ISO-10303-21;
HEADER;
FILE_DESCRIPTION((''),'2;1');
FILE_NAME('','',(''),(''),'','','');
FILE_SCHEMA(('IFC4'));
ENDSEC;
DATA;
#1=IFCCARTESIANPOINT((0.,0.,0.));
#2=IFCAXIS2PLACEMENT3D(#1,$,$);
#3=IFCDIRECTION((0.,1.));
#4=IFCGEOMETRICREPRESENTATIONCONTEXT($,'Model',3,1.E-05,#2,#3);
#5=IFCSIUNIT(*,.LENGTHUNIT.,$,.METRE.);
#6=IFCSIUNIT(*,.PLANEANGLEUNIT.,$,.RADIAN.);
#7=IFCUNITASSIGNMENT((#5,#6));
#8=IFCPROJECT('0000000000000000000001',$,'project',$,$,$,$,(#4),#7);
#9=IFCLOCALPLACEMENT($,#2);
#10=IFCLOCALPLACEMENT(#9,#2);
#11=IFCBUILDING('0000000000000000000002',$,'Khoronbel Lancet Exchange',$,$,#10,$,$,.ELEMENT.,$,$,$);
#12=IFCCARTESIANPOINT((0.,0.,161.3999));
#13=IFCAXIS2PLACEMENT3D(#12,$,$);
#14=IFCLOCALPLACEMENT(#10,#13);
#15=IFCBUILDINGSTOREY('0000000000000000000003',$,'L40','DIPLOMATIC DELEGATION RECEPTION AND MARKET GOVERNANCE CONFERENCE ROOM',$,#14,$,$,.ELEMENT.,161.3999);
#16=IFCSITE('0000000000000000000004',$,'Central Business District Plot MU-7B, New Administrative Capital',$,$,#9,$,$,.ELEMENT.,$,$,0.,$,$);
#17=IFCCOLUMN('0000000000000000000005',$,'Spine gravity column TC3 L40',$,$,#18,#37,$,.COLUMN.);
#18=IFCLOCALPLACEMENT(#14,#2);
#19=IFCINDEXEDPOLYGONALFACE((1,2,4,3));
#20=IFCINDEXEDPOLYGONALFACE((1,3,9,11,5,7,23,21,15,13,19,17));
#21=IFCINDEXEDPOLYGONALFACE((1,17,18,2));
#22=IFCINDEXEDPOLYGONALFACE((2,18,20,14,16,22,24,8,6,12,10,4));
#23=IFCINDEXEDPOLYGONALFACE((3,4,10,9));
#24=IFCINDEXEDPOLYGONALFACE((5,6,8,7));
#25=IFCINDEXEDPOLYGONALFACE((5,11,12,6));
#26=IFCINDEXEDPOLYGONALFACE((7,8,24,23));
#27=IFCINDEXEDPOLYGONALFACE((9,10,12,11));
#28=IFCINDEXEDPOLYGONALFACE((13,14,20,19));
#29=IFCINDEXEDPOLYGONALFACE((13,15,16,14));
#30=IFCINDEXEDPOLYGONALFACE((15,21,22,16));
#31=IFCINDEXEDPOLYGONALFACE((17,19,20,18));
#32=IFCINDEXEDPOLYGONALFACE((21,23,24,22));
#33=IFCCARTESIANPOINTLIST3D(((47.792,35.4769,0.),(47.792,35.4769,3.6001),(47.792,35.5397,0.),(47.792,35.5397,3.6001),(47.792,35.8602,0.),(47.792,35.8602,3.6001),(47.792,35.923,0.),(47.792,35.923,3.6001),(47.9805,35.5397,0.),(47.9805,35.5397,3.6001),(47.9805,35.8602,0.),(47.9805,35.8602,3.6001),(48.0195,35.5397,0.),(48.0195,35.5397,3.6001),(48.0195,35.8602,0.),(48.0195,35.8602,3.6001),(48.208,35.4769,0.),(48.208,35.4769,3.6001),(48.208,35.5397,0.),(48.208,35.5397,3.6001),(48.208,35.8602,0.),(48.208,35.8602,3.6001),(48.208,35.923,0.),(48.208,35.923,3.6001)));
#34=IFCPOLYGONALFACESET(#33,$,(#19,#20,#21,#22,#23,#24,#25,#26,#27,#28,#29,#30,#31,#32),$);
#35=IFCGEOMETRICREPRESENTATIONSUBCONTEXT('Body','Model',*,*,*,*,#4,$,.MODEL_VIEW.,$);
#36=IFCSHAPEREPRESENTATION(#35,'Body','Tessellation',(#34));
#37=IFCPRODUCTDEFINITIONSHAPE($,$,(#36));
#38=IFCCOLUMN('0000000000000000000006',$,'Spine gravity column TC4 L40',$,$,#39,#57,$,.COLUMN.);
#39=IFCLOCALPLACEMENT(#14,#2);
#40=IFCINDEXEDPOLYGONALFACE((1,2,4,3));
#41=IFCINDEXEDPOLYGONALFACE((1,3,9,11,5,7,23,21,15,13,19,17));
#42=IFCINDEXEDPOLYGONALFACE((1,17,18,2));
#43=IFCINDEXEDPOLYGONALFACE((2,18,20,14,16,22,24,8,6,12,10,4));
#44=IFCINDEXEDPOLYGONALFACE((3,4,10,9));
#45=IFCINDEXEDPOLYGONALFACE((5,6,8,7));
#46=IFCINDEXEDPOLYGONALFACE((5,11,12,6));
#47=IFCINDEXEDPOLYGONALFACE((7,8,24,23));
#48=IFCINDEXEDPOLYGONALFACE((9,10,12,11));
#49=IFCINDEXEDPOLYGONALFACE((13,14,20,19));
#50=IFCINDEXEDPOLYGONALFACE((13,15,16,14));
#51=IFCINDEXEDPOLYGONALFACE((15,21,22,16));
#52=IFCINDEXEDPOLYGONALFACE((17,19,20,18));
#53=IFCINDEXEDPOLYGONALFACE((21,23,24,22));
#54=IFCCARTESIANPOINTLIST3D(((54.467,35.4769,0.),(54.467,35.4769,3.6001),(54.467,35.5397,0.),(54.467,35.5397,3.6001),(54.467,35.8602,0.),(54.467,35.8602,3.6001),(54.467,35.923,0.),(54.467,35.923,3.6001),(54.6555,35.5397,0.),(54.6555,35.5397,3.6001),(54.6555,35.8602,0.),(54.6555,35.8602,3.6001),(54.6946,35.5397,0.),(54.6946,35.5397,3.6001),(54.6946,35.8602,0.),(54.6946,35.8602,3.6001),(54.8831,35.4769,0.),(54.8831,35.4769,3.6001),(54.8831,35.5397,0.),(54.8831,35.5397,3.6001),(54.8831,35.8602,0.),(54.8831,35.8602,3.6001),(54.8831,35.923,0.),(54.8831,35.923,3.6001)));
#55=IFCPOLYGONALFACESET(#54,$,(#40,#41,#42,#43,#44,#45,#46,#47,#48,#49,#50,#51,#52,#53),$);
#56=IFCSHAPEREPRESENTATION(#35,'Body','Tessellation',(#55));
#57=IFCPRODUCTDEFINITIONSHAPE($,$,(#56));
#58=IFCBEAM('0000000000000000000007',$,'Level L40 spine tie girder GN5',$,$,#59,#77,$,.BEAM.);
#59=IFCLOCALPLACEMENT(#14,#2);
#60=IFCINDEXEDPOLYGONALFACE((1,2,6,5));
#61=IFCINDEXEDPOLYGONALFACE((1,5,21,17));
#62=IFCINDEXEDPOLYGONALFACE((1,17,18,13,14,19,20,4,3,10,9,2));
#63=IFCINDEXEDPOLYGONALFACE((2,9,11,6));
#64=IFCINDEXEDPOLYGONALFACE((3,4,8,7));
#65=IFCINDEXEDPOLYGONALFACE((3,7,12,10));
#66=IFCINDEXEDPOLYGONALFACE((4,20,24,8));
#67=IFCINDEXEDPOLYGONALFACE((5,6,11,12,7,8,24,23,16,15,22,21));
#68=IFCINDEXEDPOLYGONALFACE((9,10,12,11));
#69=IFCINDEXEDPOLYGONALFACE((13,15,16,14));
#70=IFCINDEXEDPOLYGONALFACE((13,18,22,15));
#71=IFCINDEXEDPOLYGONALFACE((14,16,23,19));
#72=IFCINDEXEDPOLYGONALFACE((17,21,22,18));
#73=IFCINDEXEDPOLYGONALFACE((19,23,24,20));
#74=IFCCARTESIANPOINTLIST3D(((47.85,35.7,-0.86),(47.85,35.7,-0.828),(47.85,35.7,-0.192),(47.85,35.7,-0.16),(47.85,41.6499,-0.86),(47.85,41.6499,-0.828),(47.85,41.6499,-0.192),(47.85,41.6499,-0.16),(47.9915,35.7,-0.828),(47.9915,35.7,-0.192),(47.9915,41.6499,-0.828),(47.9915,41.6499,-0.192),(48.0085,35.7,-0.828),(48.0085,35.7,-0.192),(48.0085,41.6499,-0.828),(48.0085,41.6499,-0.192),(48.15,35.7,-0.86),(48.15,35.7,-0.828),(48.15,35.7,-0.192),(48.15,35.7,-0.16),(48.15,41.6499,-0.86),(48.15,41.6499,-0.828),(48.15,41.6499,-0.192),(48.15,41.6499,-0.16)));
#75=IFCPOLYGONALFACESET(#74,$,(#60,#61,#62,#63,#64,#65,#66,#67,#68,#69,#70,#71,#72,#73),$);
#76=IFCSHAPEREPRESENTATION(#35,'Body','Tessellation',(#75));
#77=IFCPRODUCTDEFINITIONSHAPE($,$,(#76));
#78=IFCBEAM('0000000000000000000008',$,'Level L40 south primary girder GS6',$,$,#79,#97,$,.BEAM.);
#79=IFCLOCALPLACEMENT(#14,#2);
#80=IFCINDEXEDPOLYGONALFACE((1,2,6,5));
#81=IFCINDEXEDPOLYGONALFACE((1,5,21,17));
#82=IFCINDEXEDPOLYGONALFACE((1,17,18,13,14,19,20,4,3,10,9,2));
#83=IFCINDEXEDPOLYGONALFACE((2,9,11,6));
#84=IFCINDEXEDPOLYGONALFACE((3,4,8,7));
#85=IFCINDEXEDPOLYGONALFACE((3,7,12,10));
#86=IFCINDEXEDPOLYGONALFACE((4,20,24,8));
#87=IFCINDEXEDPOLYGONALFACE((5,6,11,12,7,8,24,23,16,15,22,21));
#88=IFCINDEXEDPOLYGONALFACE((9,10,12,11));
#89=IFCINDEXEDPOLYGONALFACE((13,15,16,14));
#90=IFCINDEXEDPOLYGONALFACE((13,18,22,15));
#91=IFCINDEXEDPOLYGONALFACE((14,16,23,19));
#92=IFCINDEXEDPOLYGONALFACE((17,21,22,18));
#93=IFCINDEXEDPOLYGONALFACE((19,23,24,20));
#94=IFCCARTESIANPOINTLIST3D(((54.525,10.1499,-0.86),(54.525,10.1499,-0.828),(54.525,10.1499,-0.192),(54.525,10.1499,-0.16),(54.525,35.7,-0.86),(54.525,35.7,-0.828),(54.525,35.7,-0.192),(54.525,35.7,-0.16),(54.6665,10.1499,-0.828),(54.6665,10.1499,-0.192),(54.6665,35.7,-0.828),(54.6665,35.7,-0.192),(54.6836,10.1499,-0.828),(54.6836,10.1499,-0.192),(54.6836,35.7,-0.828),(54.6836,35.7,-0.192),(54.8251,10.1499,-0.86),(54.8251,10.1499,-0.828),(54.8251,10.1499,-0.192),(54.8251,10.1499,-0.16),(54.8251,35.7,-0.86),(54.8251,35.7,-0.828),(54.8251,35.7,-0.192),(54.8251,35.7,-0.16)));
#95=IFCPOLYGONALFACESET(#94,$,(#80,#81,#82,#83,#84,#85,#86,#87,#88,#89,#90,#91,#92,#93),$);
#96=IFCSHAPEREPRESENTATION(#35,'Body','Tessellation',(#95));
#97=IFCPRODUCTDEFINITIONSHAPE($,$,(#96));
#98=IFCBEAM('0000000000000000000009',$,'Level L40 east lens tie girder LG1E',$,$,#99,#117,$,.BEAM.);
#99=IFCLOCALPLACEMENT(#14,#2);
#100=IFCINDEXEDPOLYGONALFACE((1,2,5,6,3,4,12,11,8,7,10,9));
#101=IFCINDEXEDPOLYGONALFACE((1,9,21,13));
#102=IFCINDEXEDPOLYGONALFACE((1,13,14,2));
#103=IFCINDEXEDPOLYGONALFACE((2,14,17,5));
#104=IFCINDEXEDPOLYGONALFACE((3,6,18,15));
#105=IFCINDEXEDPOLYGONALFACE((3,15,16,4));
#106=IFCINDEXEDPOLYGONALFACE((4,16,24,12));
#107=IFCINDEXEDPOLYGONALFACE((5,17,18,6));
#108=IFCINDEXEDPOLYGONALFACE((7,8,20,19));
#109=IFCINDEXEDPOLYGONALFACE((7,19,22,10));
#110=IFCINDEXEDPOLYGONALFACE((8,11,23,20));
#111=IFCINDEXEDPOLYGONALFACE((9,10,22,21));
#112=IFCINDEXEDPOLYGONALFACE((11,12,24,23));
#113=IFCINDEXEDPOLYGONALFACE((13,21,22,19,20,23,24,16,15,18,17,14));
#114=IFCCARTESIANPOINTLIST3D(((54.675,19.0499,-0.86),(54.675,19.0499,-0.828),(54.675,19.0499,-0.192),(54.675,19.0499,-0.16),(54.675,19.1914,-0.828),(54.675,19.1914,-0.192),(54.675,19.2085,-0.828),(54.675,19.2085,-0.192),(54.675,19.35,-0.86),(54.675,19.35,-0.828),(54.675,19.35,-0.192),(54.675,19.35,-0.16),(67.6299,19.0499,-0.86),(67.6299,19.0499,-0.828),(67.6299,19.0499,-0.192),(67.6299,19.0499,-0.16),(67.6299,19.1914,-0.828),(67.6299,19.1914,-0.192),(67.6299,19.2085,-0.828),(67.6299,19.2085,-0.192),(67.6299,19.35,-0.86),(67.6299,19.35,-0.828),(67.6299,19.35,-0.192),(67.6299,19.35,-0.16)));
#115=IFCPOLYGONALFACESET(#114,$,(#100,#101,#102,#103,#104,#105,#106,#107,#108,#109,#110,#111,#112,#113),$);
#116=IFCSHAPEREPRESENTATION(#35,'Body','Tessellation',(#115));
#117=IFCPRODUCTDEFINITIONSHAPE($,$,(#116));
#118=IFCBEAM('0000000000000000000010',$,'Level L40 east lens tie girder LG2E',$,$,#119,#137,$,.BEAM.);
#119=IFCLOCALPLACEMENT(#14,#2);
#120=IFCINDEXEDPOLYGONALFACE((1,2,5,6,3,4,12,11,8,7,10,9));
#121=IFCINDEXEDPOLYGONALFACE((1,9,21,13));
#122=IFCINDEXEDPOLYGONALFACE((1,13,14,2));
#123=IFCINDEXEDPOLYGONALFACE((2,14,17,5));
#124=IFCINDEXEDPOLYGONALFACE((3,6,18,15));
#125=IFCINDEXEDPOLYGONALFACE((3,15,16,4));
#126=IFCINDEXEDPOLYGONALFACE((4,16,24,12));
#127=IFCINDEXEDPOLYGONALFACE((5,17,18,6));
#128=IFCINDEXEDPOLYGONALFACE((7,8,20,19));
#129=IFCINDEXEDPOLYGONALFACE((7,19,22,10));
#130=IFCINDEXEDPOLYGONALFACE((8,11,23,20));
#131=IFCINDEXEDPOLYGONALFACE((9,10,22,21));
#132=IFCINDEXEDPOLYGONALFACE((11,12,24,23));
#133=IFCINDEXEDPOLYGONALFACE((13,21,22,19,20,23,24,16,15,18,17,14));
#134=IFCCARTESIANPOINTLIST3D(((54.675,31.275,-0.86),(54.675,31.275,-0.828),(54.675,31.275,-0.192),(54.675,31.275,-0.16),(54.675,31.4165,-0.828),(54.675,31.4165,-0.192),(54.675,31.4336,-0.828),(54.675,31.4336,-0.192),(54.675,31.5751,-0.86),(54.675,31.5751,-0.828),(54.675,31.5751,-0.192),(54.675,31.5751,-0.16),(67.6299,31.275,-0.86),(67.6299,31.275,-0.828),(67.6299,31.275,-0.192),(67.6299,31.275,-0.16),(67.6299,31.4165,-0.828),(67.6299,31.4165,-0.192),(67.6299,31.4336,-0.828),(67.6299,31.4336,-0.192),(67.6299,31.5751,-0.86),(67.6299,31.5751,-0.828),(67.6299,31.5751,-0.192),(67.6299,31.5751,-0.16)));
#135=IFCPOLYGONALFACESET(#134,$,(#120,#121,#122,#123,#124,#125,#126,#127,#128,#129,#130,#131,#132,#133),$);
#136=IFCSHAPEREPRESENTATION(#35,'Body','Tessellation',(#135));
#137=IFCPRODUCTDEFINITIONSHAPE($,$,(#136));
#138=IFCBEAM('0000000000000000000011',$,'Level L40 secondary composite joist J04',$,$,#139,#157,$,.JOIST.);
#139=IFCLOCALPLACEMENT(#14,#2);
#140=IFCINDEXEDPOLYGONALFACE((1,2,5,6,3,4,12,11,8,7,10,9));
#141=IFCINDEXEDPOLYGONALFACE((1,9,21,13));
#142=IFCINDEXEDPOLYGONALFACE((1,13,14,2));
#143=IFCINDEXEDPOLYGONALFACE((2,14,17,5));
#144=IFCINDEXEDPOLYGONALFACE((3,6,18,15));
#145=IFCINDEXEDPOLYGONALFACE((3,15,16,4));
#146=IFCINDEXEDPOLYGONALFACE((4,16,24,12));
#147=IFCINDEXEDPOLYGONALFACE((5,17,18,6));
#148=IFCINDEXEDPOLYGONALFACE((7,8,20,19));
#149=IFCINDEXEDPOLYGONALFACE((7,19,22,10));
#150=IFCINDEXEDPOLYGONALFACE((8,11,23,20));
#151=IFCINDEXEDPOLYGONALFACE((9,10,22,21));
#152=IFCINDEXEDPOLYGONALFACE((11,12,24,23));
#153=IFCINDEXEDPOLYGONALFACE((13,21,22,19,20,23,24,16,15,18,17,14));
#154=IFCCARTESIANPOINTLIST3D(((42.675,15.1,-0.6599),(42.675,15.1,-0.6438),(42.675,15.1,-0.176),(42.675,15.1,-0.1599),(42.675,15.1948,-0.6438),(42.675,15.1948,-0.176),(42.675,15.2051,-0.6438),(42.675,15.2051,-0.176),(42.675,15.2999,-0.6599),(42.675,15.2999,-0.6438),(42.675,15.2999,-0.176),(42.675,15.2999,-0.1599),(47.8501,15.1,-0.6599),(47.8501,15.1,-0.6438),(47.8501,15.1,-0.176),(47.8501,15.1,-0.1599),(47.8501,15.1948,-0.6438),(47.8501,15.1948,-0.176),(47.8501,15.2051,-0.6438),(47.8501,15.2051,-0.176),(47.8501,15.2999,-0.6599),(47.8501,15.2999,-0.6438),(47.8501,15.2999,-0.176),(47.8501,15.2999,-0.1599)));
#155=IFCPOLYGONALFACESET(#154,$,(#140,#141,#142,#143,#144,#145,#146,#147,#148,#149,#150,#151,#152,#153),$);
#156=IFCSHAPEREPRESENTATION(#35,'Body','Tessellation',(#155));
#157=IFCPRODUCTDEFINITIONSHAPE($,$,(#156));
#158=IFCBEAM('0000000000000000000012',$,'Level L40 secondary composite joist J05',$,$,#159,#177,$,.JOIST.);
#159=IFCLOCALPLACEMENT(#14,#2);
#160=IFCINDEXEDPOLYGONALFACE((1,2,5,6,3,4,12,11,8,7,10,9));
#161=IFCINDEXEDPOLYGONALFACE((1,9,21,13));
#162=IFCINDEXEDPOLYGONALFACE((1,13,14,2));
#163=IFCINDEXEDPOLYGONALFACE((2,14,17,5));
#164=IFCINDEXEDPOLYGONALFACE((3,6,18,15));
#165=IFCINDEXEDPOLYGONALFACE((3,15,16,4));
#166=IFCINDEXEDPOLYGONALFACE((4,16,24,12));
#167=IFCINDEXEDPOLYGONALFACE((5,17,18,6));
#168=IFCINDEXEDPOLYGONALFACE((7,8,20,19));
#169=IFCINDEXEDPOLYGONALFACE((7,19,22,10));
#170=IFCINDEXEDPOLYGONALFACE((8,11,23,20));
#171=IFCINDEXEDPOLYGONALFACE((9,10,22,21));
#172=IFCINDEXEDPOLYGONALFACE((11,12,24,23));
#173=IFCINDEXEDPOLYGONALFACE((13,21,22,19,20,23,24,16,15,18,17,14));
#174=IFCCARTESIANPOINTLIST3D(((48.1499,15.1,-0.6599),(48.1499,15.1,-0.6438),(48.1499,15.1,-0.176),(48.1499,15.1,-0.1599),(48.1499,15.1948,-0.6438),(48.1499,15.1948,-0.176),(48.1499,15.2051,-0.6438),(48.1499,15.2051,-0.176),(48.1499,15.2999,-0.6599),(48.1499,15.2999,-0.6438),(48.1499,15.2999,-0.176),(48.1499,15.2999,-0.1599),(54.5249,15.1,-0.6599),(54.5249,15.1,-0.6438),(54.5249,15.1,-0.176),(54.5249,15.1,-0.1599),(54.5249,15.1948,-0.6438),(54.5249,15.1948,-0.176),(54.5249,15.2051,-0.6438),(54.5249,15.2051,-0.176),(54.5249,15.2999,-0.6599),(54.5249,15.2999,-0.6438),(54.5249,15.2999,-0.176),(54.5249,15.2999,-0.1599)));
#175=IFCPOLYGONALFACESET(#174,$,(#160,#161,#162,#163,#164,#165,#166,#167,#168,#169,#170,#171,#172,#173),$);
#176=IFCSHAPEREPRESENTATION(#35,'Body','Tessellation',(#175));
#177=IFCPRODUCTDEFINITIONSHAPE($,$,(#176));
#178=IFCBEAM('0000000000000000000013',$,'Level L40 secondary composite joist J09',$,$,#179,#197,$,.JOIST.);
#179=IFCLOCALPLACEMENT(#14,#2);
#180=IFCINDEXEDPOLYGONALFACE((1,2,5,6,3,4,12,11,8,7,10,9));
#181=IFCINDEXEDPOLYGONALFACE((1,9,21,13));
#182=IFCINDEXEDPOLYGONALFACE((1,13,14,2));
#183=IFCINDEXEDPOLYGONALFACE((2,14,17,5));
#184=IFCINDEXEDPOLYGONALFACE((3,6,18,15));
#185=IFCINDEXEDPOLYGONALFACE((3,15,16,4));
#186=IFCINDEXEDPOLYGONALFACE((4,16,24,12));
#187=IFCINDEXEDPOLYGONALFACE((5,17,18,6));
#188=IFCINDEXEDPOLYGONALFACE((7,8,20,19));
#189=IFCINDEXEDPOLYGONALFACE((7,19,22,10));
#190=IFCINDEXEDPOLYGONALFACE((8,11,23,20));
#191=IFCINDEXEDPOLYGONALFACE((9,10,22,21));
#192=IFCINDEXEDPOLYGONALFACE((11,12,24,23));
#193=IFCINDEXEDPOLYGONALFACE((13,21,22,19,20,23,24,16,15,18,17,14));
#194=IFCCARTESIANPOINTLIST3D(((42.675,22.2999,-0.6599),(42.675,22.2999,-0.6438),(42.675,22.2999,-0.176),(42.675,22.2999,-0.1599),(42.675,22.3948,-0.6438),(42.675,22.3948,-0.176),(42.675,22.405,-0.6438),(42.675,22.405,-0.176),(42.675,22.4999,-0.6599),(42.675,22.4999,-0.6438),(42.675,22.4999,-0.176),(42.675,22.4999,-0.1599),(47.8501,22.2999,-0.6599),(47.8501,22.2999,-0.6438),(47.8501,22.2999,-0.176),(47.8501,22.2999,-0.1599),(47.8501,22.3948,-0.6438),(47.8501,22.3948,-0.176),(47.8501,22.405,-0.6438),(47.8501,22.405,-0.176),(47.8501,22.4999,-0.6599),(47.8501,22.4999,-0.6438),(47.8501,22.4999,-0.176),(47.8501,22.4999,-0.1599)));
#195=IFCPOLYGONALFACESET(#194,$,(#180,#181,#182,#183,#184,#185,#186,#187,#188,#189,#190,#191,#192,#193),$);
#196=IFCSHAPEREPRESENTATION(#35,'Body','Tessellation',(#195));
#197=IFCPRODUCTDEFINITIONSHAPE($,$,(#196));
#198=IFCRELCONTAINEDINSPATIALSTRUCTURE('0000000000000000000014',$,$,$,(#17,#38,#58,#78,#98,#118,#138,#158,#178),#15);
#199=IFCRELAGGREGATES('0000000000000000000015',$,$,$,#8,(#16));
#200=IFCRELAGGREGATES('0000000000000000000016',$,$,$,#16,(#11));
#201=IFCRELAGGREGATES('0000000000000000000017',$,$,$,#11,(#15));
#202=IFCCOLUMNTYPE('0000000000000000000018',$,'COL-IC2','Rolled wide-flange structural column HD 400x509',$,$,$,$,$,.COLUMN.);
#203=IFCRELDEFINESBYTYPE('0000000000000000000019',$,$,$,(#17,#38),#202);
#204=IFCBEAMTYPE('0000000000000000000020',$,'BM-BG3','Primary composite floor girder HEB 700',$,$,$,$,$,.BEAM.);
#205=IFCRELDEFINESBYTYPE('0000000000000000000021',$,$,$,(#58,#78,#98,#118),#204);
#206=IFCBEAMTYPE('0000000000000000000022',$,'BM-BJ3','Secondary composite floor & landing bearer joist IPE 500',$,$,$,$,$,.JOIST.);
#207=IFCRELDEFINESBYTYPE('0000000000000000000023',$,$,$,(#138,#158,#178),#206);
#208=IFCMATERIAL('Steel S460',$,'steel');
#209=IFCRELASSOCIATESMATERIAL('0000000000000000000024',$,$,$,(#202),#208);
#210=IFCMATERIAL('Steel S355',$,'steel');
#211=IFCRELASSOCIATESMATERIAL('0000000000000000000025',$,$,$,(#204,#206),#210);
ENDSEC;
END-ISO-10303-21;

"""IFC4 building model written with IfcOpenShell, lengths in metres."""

from ifc_helpers import new_model, si_unit, direction, frame, origin, origin_2d, place, context, subcontext, project, spatial, i_section, extrude, material, material_profile, profile_set, type_object, element, save


model = new_model("IFC4")

# Units and contexts
model_context = context("Model", 3, precision=1e-05, world=origin(), true_north=direction((0.0, 1.0)))
body_context = subcontext(model_context, "Body", "Model", "MODEL_VIEW")
ifc_project = project(units=[si_unit("LENGTHUNIT", "METRE"), si_unit("PLANEANGLEUNIT", "RADIAN")], contexts=[model_context])

# Site, building, storey
site_placement = place(None, origin())
site = spatial("IfcSite", under=ifc_project, at=site_placement, Name="Central Business District Plot MU-7B, New Administrative Capital", CompositionType="ELEMENT", RefElevation=0.0)
building_placement = place(site_placement, origin())
building = spatial("IfcBuilding", under=site, at=building_placement, Name="Khoronbel Lancet Exchange", CompositionType="ELEMENT")
storey_placement = place(building_placement, frame((0.0, 0.0, 161.3999)))
storey = spatial("IfcBuildingStorey", under=building, at=storey_placement, Name="L40", Description="DIPLOMATIC DELEGATION RECEPTION AND MARKET GOVERNANCE CONFERENCE ROOM", CompositionType="ELEMENT", Elevation=161.3999)

# Columns
ifc_material_1 = material(Name="Steel S460", Category="steel")
ifc_material_profile_1 = material_profile(ifc_material_1, i_section(OverallWidth=0.416, OverallDepth=0.446, WebThickness=0.0391, FlangeThickness=0.0627, at=origin_2d()), Name="HD 400x509")
ifc_profile_set_1 = profile_set([ifc_material_profile_1], Name="Steel S460")
column_type = type_object("IfcColumnType", Name="COL-IC2", Description="Rolled wide-flange structural column HD 400x509", PredefinedType="COLUMN", material=ifc_profile_set_1)
for number, where, z_axis, x_axis, name in (
    (1, (48.0, 35.7, 0.0), (0.0, 0.0, 1.0), (1.0, 0.0, 0.0), "Spine gravity column TC3 L40"),
    (2, (54.675, 35.7, 0.0), (0.0, 0.0, 1.0), (1.0, 0.0, 0.0), "Spine gravity column TC4 L40"),
):
    element("IfcColumn", number, at=place(storey_placement, frame(where, z_axis=z_axis, x_axis=x_axis)), inside=storey, type_object=column_type, Name=name, PredefinedType="COLUMN", context=body_context, shape_type="SweptSolid", body=[
        extrude(i_section(OverallWidth=0.416, OverallDepth=0.446, WebThickness=0.0391, FlangeThickness=0.0627, at=origin_2d()), origin(), (0.0, 0.0, 1.0), 3.6001),
    ])

# Beams
ifc_material_2 = material(Name="Steel S355", Category="steel")
ifc_material_profile_2 = material_profile(ifc_material_2, i_section(OverallWidth=0.3, OverallDepth=0.7, WebThickness=0.0171, FlangeThickness=0.032, at=origin_2d()), Name="HEB 700")
ifc_profile_set_2 = profile_set([ifc_material_profile_2], Name="Steel S355")
beam_type_1 = type_object("IfcBeamType", Name="BM-BG3", Description="Primary composite floor girder HEB 700", PredefinedType="BEAM", material=ifc_profile_set_2)
beam_1_placement = place(storey_placement, frame((48.0, 35.7, -0.51), z_axis=(0.0, 1.0, 0.0), x_axis=(-1.0, 0.0, 0.0)))
element("IfcBeam", 3, at=beam_1_placement, inside=storey, type_object=beam_type_1, Name="Level L40 spine tie girder GN5", PredefinedType="BEAM", context=body_context, shape_type="SweptSolid", body=[
    extrude(i_section(OverallWidth=0.3, OverallDepth=0.7, WebThickness=0.0171, FlangeThickness=0.032, at=origin_2d()), origin(), (0.0, 0.0, 1.0), 5.95),
])
beam_2_placement = place(storey_placement, frame((54.675, 10.1499, -0.51), z_axis=(0.0, 1.0, 0.0), x_axis=(-1.0, 0.0, 0.0)))
element("IfcBeam", 4, at=beam_2_placement, inside=storey, type_object=beam_type_1, Name="Level L40 south primary girder GS6", PredefinedType="BEAM", context=body_context, shape_type="SweptSolid", body=[
    extrude(i_section(OverallWidth=0.3, OverallDepth=0.7, WebThickness=0.0171, FlangeThickness=0.032, at=origin_2d()), origin(), (0.0, 0.0, 1.0), 25.55),
])
for number, where, z_axis, x_axis, name in (
    (5, (54.675, 19.2, -0.51), (1.0, 0.0, 0.0), (0.0, 1.0, 0.0), "Level L40 east lens tie girder LG1E"),
    (6, (54.675, 31.425, -0.51), (1.0, 0.0, 0.0), (0.0, 1.0, 0.0), "Level L40 east lens tie girder LG2E"),
):
    element("IfcBeam", number, at=place(storey_placement, frame(where, z_axis=z_axis, x_axis=x_axis)), inside=storey, type_object=beam_type_1, Name=name, PredefinedType="BEAM", context=body_context, shape_type="SweptSolid", body=[
        extrude(i_section(OverallWidth=0.3, OverallDepth=0.7, WebThickness=0.0171, FlangeThickness=0.032, at=origin_2d()), origin(), (0.0, 0.0, 1.0), 12.9548),
    ])
ifc_material_profile_3 = material_profile(ifc_material_2, i_section(OverallWidth=0.2, OverallDepth=0.5, WebThickness=0.0103, FlangeThickness=0.0161, at=origin_2d()), Name="IPE 500")
ifc_profile_set_3 = profile_set([ifc_material_profile_3], Name="Steel S355")
beam_type_2 = type_object("IfcBeamType", Name="BM-BJ3", Description="Secondary composite floor & landing bearer joist IPE 500", PredefinedType="JOIST", material=ifc_profile_set_3)
beam_3_placement = place(storey_placement, frame((42.675, 15.2, -0.4099), z_axis=(1.0, 0.0, 0.0), x_axis=(0.0, 1.0, 0.0)))
element("IfcBeam", 7, at=beam_3_placement, inside=storey, type_object=beam_type_2, Name="Level L40 secondary composite joist J04", PredefinedType="JOIST", context=body_context, shape_type="SweptSolid", body=[
    extrude(i_section(OverallWidth=0.2, OverallDepth=0.5, WebThickness=0.0103, FlangeThickness=0.0161, at=origin_2d()), origin(), (0.0, 0.0, 1.0), 5.175),
])
beam_4_placement = place(storey_placement, frame((48.1499, 15.2, -0.4099), z_axis=(1.0, 0.0, 0.0), x_axis=(0.0, 1.0, 0.0)))
element("IfcBeam", 8, at=beam_4_placement, inside=storey, type_object=beam_type_2, Name="Level L40 secondary composite joist J05", PredefinedType="JOIST", context=body_context, shape_type="SweptSolid", body=[
    extrude(i_section(OverallWidth=0.2, OverallDepth=0.5, WebThickness=0.0103, FlangeThickness=0.0161, at=origin_2d()), origin(), (0.0, 0.0, 1.0), 6.375),
])
beam_5_placement = place(storey_placement, frame((42.675, 22.3999, -0.4099), z_axis=(1.0, 0.0, 0.0), x_axis=(0.0, 1.0, 0.0)))
element("IfcBeam", 9, at=beam_5_placement, inside=storey, type_object=beam_type_2, Name="Level L40 secondary composite joist J09", PredefinedType="JOIST", context=body_context, shape_type="SweptSolid", body=[
    extrude(i_section(OverallWidth=0.2, OverallDepth=0.5, WebThickness=0.0103, FlangeThickness=0.0161, at=origin_2d()), origin(), (0.0, 0.0, 1.0), 5.175),
])

save(model, "model.ifc")
